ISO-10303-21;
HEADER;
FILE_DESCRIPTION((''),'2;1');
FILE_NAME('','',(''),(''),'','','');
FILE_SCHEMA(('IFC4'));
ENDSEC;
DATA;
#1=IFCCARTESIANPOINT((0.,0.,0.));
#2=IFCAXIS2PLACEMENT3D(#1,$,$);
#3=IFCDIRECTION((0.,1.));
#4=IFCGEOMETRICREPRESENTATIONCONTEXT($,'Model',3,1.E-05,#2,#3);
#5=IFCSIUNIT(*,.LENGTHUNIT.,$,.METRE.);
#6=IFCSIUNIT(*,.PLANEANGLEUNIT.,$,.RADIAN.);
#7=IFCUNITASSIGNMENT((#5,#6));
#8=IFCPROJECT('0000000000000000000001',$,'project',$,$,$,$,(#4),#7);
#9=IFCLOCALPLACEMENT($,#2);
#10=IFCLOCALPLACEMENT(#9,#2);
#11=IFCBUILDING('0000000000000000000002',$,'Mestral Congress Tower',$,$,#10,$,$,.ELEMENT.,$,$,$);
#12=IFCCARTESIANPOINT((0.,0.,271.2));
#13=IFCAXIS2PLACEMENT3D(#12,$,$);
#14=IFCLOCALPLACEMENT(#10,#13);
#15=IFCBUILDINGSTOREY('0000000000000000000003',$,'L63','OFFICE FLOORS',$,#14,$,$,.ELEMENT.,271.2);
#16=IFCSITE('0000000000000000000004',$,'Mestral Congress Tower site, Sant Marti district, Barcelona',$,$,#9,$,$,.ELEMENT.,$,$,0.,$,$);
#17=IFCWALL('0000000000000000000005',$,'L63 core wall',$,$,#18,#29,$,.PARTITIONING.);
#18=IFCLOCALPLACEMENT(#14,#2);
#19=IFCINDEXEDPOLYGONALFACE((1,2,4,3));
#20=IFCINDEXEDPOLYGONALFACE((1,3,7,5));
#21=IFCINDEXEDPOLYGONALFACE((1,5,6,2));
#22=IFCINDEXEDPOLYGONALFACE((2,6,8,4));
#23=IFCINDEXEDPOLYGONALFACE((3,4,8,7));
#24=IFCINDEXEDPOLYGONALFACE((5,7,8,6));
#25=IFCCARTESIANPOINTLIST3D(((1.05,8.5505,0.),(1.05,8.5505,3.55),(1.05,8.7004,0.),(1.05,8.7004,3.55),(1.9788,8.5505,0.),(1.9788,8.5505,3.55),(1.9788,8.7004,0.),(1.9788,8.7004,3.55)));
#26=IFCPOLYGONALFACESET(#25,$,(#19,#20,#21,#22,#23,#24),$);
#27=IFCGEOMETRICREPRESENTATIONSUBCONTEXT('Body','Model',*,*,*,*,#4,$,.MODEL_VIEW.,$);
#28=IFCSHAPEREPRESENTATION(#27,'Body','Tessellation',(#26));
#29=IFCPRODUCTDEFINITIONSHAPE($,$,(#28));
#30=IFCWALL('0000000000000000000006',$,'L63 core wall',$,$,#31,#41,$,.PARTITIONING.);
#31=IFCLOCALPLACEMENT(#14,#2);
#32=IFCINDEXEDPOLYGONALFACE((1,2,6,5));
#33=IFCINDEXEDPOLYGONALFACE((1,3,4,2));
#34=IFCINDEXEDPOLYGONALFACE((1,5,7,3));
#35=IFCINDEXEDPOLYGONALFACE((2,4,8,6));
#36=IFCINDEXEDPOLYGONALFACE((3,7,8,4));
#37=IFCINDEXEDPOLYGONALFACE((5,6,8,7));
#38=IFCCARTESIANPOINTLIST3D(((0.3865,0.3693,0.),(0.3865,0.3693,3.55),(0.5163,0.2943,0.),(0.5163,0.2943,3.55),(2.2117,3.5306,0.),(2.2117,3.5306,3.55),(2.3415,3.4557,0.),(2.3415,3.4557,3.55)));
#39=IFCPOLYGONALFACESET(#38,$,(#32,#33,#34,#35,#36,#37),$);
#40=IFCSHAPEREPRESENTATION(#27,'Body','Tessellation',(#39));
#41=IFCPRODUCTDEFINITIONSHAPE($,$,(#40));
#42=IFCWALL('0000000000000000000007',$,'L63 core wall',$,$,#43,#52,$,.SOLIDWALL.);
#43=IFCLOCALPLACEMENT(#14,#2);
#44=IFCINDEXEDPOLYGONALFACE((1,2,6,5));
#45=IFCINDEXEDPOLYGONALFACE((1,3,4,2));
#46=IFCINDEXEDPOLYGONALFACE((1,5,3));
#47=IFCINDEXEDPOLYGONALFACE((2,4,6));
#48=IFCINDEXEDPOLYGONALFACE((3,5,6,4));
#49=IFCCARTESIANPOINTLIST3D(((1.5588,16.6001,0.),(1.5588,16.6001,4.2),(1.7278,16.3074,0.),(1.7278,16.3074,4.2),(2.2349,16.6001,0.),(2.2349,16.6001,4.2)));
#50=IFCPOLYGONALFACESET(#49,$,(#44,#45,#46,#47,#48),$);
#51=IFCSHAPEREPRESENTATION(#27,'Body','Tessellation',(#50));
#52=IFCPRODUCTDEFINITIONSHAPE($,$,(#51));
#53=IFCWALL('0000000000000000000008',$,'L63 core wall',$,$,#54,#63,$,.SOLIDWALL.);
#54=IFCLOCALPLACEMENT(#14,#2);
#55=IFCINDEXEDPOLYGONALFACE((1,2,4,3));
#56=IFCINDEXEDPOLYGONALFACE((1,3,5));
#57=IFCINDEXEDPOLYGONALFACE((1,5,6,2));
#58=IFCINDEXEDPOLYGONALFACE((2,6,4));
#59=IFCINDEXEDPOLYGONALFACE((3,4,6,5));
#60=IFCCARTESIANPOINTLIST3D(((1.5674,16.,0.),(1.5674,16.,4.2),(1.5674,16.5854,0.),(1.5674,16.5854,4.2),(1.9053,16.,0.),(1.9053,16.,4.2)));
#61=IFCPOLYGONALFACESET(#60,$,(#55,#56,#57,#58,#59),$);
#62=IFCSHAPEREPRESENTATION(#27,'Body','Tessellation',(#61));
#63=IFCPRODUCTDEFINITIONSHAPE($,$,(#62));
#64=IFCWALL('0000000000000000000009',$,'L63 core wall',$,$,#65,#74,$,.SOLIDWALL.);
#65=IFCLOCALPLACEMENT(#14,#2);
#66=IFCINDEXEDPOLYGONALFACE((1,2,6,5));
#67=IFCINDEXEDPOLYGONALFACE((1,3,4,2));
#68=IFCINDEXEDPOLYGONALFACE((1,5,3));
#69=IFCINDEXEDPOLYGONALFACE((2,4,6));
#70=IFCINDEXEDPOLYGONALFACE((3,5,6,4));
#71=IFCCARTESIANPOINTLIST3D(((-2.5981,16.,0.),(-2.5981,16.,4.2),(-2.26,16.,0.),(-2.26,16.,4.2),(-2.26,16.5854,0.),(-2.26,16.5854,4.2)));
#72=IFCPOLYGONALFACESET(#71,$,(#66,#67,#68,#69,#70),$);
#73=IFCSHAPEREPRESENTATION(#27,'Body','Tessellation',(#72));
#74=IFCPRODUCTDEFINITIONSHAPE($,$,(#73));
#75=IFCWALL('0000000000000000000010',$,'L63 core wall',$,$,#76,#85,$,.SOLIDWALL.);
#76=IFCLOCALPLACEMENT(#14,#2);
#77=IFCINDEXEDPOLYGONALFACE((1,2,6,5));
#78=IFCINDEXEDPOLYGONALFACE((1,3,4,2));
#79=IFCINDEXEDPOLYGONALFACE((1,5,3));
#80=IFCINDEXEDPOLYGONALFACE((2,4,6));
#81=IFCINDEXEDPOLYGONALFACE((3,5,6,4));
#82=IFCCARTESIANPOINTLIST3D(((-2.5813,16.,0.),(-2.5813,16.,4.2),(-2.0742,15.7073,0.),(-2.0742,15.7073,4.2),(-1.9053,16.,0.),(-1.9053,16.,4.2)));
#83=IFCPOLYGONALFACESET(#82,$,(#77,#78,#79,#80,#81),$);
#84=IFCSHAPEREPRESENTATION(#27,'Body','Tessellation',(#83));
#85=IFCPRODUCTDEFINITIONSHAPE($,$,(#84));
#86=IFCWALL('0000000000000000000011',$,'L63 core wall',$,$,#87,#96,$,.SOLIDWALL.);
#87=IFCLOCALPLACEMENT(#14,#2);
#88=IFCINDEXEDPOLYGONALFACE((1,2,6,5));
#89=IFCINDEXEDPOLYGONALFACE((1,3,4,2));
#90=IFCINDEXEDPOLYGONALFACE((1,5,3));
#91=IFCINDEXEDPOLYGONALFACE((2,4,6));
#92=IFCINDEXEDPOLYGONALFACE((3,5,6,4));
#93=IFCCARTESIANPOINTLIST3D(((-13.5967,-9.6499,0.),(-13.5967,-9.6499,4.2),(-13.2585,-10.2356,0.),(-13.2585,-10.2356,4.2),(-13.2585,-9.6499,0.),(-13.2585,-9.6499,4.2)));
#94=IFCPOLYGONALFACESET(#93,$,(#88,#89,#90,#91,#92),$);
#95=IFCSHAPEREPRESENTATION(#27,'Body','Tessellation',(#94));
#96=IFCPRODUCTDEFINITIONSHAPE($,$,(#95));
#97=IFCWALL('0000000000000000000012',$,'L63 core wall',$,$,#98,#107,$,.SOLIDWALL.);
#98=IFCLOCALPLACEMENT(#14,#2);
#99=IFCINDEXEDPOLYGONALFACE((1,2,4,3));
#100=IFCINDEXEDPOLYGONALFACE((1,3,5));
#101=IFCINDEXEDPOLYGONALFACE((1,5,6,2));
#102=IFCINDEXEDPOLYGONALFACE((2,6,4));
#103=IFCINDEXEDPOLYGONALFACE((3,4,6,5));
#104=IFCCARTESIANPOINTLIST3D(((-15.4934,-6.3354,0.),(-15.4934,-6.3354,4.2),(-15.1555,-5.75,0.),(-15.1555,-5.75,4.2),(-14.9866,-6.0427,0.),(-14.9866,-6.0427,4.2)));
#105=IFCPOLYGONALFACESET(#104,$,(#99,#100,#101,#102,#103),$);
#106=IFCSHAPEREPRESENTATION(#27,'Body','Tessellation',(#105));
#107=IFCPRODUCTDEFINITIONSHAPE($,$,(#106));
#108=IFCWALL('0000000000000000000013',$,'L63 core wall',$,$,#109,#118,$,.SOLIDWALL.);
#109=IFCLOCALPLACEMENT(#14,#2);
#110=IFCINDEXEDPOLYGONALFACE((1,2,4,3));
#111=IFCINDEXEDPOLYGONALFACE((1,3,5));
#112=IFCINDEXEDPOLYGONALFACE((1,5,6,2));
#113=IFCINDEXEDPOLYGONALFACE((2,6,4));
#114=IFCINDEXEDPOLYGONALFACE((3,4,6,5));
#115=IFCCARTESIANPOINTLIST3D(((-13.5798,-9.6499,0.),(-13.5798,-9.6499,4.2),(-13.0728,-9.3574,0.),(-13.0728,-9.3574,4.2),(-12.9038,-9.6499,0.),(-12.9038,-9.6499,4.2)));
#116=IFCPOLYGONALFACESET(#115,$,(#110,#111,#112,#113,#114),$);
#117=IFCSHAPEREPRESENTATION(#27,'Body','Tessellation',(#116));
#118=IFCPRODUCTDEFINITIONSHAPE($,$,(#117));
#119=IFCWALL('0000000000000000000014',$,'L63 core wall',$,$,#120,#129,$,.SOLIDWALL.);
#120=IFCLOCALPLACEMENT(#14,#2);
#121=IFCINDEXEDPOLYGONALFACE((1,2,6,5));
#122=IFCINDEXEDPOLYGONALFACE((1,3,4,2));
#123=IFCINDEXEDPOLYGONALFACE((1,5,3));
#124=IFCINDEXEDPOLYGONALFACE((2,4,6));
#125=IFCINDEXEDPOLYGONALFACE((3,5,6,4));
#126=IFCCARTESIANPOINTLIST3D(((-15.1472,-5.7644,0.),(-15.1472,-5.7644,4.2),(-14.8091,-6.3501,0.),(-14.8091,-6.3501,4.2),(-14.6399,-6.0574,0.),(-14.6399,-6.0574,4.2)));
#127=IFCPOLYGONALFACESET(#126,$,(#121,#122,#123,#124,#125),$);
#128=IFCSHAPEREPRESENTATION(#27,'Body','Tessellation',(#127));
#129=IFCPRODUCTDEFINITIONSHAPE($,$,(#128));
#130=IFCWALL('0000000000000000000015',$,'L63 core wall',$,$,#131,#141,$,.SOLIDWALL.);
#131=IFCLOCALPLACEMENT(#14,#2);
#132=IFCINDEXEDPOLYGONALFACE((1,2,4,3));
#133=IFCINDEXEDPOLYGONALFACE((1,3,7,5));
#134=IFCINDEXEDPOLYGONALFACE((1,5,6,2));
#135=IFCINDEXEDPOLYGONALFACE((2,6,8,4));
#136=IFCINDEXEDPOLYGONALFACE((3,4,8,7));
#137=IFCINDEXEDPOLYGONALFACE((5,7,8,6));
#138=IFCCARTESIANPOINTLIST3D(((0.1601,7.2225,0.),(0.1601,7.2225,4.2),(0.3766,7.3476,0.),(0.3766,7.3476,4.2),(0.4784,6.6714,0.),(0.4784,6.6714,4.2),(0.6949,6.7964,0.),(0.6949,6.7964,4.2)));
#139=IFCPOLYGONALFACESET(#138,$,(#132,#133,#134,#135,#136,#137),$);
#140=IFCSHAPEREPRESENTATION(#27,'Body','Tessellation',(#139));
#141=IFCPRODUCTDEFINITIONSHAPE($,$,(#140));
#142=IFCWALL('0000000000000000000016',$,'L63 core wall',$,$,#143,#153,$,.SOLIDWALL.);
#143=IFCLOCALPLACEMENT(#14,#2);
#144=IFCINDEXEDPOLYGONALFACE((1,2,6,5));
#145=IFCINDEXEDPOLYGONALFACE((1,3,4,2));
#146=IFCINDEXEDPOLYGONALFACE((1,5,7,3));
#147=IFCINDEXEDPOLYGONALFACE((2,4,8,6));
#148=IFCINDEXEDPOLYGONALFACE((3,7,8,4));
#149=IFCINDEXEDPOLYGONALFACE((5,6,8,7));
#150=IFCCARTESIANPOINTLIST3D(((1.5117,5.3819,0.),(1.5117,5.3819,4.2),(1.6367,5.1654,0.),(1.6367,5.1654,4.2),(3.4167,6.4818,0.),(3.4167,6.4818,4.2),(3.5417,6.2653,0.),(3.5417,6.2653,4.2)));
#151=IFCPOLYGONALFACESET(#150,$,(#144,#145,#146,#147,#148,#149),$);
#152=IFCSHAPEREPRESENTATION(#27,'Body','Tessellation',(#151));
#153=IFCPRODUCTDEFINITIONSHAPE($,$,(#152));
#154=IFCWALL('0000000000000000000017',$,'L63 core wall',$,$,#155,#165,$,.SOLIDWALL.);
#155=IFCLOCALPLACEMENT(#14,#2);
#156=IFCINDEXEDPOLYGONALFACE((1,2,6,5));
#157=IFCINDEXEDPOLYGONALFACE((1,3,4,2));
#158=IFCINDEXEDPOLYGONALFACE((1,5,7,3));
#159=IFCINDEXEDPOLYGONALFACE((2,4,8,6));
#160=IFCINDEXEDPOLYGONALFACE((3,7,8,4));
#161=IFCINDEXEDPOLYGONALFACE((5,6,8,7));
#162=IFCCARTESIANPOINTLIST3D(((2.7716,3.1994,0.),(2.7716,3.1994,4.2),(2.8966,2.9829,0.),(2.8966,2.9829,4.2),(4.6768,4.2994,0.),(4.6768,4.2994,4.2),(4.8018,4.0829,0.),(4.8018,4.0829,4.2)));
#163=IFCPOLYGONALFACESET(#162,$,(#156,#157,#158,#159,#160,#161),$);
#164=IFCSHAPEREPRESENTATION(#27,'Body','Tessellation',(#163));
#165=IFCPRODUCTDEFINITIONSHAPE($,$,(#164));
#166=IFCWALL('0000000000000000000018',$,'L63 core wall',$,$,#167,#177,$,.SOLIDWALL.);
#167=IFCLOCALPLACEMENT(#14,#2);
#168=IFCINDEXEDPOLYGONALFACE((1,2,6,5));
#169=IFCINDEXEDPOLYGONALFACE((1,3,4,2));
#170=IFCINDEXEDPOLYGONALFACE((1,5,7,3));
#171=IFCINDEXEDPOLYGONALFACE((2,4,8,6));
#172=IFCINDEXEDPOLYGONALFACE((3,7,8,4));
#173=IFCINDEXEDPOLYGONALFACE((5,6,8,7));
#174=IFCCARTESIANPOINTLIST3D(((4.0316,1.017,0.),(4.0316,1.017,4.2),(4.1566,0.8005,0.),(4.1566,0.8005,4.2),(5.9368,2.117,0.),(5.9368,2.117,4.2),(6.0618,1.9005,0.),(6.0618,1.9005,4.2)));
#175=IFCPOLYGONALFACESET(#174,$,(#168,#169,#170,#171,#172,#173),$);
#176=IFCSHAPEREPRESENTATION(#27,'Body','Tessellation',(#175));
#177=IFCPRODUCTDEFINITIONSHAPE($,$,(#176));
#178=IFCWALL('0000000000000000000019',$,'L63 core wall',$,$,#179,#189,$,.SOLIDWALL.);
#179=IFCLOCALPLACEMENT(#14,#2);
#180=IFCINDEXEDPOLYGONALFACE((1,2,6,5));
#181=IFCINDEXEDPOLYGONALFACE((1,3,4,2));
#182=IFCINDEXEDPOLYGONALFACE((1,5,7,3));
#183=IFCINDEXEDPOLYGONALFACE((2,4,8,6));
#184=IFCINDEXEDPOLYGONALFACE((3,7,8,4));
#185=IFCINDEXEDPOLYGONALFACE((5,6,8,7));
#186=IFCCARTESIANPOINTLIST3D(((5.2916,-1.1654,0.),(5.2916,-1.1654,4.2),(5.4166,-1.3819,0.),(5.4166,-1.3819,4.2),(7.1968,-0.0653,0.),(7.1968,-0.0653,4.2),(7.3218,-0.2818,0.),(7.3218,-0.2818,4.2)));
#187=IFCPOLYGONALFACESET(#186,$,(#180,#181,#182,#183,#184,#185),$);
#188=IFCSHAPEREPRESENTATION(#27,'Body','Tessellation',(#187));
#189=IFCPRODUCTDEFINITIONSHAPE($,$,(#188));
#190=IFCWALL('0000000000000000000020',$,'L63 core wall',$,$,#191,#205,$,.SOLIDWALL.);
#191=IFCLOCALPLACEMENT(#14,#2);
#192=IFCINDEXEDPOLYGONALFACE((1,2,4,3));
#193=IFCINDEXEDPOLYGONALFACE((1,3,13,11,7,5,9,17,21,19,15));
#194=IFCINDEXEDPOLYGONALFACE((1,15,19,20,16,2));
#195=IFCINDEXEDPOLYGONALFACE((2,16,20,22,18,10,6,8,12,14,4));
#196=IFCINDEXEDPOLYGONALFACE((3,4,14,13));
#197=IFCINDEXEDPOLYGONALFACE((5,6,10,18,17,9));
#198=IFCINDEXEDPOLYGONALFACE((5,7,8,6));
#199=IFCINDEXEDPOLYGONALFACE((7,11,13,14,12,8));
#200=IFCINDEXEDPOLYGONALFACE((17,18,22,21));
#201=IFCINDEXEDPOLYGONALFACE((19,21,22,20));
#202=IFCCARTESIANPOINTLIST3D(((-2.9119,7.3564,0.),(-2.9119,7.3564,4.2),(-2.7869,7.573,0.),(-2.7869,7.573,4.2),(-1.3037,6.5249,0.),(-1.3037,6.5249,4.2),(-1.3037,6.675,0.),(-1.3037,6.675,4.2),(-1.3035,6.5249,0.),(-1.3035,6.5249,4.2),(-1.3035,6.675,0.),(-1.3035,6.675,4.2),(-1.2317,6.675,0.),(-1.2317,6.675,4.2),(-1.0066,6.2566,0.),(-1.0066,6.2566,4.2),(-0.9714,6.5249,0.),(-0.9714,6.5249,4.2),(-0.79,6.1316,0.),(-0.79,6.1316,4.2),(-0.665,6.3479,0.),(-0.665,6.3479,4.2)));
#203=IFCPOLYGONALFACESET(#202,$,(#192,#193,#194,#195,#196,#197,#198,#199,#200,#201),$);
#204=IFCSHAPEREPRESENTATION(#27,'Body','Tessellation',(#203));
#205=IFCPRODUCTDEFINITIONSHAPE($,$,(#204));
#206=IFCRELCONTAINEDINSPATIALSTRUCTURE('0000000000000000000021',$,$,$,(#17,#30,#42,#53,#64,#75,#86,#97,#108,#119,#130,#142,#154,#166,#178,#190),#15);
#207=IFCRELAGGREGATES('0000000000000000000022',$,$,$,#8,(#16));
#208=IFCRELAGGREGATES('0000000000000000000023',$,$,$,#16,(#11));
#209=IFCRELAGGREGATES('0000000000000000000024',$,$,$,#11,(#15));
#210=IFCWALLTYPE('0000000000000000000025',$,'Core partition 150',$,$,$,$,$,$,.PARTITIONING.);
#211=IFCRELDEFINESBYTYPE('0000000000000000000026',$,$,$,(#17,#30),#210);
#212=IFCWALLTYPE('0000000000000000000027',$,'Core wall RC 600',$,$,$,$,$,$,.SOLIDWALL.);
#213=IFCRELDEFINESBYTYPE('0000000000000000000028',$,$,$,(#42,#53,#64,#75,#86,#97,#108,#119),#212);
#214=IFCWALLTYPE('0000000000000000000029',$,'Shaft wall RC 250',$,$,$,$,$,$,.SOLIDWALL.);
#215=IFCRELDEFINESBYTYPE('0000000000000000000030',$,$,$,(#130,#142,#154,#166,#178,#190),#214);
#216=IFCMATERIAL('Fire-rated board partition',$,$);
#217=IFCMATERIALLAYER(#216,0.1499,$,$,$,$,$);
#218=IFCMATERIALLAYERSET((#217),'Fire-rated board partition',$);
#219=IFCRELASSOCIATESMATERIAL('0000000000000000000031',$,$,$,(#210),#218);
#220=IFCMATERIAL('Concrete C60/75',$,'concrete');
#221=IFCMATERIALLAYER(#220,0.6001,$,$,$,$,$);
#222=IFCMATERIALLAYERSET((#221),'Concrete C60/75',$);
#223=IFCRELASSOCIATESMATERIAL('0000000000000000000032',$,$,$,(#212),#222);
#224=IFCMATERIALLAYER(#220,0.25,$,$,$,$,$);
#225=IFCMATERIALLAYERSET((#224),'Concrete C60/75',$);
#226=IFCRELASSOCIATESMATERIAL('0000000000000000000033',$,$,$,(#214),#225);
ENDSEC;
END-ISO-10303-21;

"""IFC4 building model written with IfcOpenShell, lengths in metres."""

from ifc_helpers import new_model, si_unit, direction, frame, frame_2d, origin, place, context, subcontext, project, spatial, polyline, rectangle, outline, extrude, material, layer, layer_set, type_object, element, save


model = new_model("IFC4")

# Units and contexts
model_context = context("Model", 3, precision=1e-05, world=origin(), true_north=direction((0.0, 1.0)))
body_context = subcontext(model_context, "Body", "Model", "MODEL_VIEW")
ifc_project = project(units=[si_unit("LENGTHUNIT", "METRE"), si_unit("PLANEANGLEUNIT", "RADIAN")], contexts=[model_context])

# Site, building, storey
site_placement = place(None, origin())
site = spatial("IfcSite", under=ifc_project, at=site_placement, Name="Mestral Congress Tower site, Sant Marti district, Barcelona", CompositionType="ELEMENT", RefElevation=0.0)
building_placement = place(site_placement, origin())
building = spatial("IfcBuilding", under=site, at=building_placement, Name="Mestral Congress Tower", CompositionType="ELEMENT")
storey_placement = place(building_placement, frame((0.0, 0.0, 271.2)))
storey = spatial("IfcBuildingStorey", under=building, at=storey_placement, Name="L63", Description="OFFICE FLOORS", CompositionType="ELEMENT", Elevation=271.2)

# Walls
ifc_material_1 = material(Name="Fire-rated board partition")
ifc_layer_1 = layer(ifc_material_1, 0.1499)
ifc_layer_set_1 = layer_set([ifc_layer_1], Name="Fire-rated board partition")
wall_type_1 = type_object("IfcWallType", Name="Core partition 150", PredefinedType="PARTITIONING", material=ifc_layer_set_1)
wall_1_placement = place(storey_placement, frame((1.05, 8.6255, 0.0), z_axis=(0.0, 0.0, 1.0), x_axis=(1.0, 0.0, 0.0)))
element("IfcWall", 1, at=wall_1_placement, inside=storey, type_object=wall_type_1, Name="L63 core wall", PredefinedType="PARTITIONING", context=body_context, shape_type="SweptSolid", body=[
    extrude(rectangle(XDim=0.9287, YDim=0.1499, at=frame_2d((0.4644, 0.0))), origin(), (0.0, 0.0, 1.0), 3.55),
])
wall_2_placement = place(storey_placement, frame((2.2766, 3.4932, 0.0), z_axis=(0.0, 0.0, 1.0), x_axis=(-0.499995, -0.866029, 0.0)))
element("IfcWall", 2, at=wall_2_placement, inside=storey, type_object=wall_type_1, Name="L63 core wall", PredefinedType="PARTITIONING", context=body_context, shape_type="SweptSolid", body=[
    extrude(rectangle(XDim=3.6504, YDim=0.1499, at=frame_2d((1.8252, 0.0))), origin(), (0.0, 0.0, 1.0), 3.55),
])
ifc_material_2 = material(Name="Concrete C60/75", Category="concrete")
ifc_layer_2 = layer(ifc_material_2, 0.6001)
ifc_layer_set_2 = layer_set([ifc_layer_2], Name="Concrete C60/75")
wall_type_2 = type_object("IfcWallType", Name="Core wall RC 600", PredefinedType="SOLIDWALL", material=ifc_layer_set_2)
placement = place(storey_placement, origin())
element("IfcWall", 3, at=placement, inside=storey, type_object=wall_type_2, Name="L63 core wall", PredefinedType="SOLIDWALL", context=body_context, shape_type="SweptSolid", body=[
    extrude(outline(polyline([(1.5588, 16.6001), (2.2349, 16.6001), (1.7278, 16.3074), (1.5588, 16.6001)])), origin(), (0.0, 0.0, 1.0), 4.2),
])
element("IfcWall", 4, at=placement, inside=storey, type_object=wall_type_2, Name="L63 core wall", PredefinedType="SOLIDWALL", context=body_context, shape_type="SweptSolid", body=[
    extrude(outline(polyline([(1.9053, 16.0), (1.5674, 16.0), (1.5674, 16.5854), (1.9053, 16.0)])), origin(), (0.0, 0.0, 1.0), 4.2),
])
element("IfcWall", 5, at=placement, inside=storey, type_object=wall_type_2, Name="L63 core wall", PredefinedType="SOLIDWALL", context=body_context, shape_type="SweptSolid", body=[
    extrude(outline(polyline([(-2.5981, 16.0), (-2.26, 16.5854), (-2.26, 16.0), (-2.5981, 16.0)])), origin(), (0.0, 0.0, 1.0), 4.2),
])
element("IfcWall", 6, at=placement, inside=storey, type_object=wall_type_2, Name="L63 core wall", PredefinedType="SOLIDWALL", context=body_context, shape_type="SweptSolid", body=[
    extrude(outline(polyline([(-1.9053, 16.0), (-2.0742, 15.7073), (-2.5813, 16.0), (-1.9053, 16.0)])), origin(), (0.0, 0.0, 1.0), 4.2),
])
element("IfcWall", 7, at=placement, inside=storey, type_object=wall_type_2, Name="L63 core wall", PredefinedType="SOLIDWALL", context=body_context, shape_type="SweptSolid", body=[
    extrude(outline(polyline([(-13.5967, -9.6499), (-13.2585, -9.6499), (-13.2585, -10.2356), (-13.5967, -9.6499)])), origin(), (0.0, 0.0, 1.0), 4.2),
])
element("IfcWall", 8, at=placement, inside=storey, type_object=wall_type_2, Name="L63 core wall", PredefinedType="SOLIDWALL", context=body_context, shape_type="SweptSolid", body=[
    extrude(outline(polyline([(-14.9866, -6.0427), (-15.4934, -6.3354), (-15.1555, -5.75), (-14.9866, -6.0427)])), origin(), (0.0, 0.0, 1.0), 4.2),
])
element("IfcWall", 9, at=placement, inside=storey, type_object=wall_type_2, Name="L63 core wall", PredefinedType="SOLIDWALL", context=body_context, shape_type="SweptSolid", body=[
    extrude(outline(polyline([(-12.9038, -9.6499), (-13.5798, -9.6499), (-13.0728, -9.3574), (-12.9038, -9.6499)])), origin(), (0.0, 0.0, 1.0), 4.2),
])
element("IfcWall", 10, at=placement, inside=storey, type_object=wall_type_2, Name="L63 core wall", PredefinedType="SOLIDWALL", context=body_context, shape_type="SweptSolid", body=[
    extrude(outline(polyline([(-14.8091, -6.3501), (-15.1472, -5.7644), (-14.6399, -6.0574), (-14.8091, -6.3501)])), origin(), (0.0, 0.0, 1.0), 4.2),
])
ifc_layer_3 = layer(ifc_material_2, 0.25)
ifc_layer_set_3 = layer_set([ifc_layer_3], Name="Concrete C60/75")
wall_type_3 = type_object("IfcWallType", Name="Shaft wall RC 250", PredefinedType="SOLIDWALL", material=ifc_layer_set_3)
wall_3_placement = place(storey_placement, frame((0.2683, 7.2852, 0.0), z_axis=(0.0, 0.0, 1.0), x_axis=(0.500099, -0.865968, 0.0)))
element("IfcWall", 11, at=wall_3_placement, inside=storey, type_object=wall_type_3, Name="L63 core wall", PredefinedType="SOLIDWALL", context=body_context, shape_type="SweptSolid", body=[
    extrude(rectangle(XDim=0.6365, YDim=0.25, at=frame_2d((0.3184, 0.0))), origin(), (0.0, 0.0, 1.0), 4.2),
])
wall_4_placement = place(storey_placement, frame((1.5742, 5.2737, 0.0), z_axis=(0.0, 0.0, 1.0), x_axis=(0.866028, 0.499995, 0.0)))
element("IfcWall", 12, at=wall_4_placement, inside=storey, type_object=wall_type_3, Name="L63 core wall", PredefinedType="SOLIDWALL", context=body_context, shape_type="SweptSolid", body=[
    extrude(rectangle(XDim=2.1997, YDim=0.25, at=frame_2d((1.0999, 0.0))), origin(), (0.0, 0.0, 1.0), 4.2),
])
for number, where, z_axis, x_axis, name in (
    (13, (2.834, 3.0911, 0.0), (0.0, 0.0, 1.0), (0.866008, 0.50003, 0.0), "L63 core wall"),
    (14, (4.094, 0.9087, 0.0), (0.0, 0.0, 1.0), (0.866008, 0.50003, 0.0), "L63 core wall"),
    (15, (5.354, -1.2737, 0.0), (0.0, 0.0, 1.0), (0.866008, 0.50003, 0.0), "L63 core wall"),
):
    element("IfcWall", number, at=place(storey_placement, frame(where, z_axis=z_axis, x_axis=x_axis)), inside=storey, type_object=wall_type_3, Name=name, PredefinedType="SOLIDWALL", context=body_context, shape_type="SweptSolid", body=[
        extrude(rectangle(XDim=2.2, YDim=0.25, at=frame_2d((1.1001, 0.0))), origin(), (0.0, 0.0, 1.0), 4.2),
    ])
element("IfcWall", 16, at=placement, inside=storey, type_object=wall_type_3, Name="L63 core wall", PredefinedType="SOLIDWALL", context=body_context, shape_type="SweptSolid", body=[
    extrude(outline(polyline([(-2.9119, 7.3564), (-2.7869, 7.573), (-1.2317, 6.675), (-1.3035, 6.675), (-1.3037, 6.675), (-1.3037, 6.675), (-1.3037, 6.5249), (-1.3037, 6.5249), (-1.3035, 6.5249), (-0.9714, 6.5249), (-0.665, 6.3479), (-0.79, 6.1316), (-1.0066, 6.2566), (-1.0066, 6.2566), (-2.9119, 7.3564)])), origin(), (0.0, 0.0, 1.0), 4.2),
])

save(model, "model.ifc")
